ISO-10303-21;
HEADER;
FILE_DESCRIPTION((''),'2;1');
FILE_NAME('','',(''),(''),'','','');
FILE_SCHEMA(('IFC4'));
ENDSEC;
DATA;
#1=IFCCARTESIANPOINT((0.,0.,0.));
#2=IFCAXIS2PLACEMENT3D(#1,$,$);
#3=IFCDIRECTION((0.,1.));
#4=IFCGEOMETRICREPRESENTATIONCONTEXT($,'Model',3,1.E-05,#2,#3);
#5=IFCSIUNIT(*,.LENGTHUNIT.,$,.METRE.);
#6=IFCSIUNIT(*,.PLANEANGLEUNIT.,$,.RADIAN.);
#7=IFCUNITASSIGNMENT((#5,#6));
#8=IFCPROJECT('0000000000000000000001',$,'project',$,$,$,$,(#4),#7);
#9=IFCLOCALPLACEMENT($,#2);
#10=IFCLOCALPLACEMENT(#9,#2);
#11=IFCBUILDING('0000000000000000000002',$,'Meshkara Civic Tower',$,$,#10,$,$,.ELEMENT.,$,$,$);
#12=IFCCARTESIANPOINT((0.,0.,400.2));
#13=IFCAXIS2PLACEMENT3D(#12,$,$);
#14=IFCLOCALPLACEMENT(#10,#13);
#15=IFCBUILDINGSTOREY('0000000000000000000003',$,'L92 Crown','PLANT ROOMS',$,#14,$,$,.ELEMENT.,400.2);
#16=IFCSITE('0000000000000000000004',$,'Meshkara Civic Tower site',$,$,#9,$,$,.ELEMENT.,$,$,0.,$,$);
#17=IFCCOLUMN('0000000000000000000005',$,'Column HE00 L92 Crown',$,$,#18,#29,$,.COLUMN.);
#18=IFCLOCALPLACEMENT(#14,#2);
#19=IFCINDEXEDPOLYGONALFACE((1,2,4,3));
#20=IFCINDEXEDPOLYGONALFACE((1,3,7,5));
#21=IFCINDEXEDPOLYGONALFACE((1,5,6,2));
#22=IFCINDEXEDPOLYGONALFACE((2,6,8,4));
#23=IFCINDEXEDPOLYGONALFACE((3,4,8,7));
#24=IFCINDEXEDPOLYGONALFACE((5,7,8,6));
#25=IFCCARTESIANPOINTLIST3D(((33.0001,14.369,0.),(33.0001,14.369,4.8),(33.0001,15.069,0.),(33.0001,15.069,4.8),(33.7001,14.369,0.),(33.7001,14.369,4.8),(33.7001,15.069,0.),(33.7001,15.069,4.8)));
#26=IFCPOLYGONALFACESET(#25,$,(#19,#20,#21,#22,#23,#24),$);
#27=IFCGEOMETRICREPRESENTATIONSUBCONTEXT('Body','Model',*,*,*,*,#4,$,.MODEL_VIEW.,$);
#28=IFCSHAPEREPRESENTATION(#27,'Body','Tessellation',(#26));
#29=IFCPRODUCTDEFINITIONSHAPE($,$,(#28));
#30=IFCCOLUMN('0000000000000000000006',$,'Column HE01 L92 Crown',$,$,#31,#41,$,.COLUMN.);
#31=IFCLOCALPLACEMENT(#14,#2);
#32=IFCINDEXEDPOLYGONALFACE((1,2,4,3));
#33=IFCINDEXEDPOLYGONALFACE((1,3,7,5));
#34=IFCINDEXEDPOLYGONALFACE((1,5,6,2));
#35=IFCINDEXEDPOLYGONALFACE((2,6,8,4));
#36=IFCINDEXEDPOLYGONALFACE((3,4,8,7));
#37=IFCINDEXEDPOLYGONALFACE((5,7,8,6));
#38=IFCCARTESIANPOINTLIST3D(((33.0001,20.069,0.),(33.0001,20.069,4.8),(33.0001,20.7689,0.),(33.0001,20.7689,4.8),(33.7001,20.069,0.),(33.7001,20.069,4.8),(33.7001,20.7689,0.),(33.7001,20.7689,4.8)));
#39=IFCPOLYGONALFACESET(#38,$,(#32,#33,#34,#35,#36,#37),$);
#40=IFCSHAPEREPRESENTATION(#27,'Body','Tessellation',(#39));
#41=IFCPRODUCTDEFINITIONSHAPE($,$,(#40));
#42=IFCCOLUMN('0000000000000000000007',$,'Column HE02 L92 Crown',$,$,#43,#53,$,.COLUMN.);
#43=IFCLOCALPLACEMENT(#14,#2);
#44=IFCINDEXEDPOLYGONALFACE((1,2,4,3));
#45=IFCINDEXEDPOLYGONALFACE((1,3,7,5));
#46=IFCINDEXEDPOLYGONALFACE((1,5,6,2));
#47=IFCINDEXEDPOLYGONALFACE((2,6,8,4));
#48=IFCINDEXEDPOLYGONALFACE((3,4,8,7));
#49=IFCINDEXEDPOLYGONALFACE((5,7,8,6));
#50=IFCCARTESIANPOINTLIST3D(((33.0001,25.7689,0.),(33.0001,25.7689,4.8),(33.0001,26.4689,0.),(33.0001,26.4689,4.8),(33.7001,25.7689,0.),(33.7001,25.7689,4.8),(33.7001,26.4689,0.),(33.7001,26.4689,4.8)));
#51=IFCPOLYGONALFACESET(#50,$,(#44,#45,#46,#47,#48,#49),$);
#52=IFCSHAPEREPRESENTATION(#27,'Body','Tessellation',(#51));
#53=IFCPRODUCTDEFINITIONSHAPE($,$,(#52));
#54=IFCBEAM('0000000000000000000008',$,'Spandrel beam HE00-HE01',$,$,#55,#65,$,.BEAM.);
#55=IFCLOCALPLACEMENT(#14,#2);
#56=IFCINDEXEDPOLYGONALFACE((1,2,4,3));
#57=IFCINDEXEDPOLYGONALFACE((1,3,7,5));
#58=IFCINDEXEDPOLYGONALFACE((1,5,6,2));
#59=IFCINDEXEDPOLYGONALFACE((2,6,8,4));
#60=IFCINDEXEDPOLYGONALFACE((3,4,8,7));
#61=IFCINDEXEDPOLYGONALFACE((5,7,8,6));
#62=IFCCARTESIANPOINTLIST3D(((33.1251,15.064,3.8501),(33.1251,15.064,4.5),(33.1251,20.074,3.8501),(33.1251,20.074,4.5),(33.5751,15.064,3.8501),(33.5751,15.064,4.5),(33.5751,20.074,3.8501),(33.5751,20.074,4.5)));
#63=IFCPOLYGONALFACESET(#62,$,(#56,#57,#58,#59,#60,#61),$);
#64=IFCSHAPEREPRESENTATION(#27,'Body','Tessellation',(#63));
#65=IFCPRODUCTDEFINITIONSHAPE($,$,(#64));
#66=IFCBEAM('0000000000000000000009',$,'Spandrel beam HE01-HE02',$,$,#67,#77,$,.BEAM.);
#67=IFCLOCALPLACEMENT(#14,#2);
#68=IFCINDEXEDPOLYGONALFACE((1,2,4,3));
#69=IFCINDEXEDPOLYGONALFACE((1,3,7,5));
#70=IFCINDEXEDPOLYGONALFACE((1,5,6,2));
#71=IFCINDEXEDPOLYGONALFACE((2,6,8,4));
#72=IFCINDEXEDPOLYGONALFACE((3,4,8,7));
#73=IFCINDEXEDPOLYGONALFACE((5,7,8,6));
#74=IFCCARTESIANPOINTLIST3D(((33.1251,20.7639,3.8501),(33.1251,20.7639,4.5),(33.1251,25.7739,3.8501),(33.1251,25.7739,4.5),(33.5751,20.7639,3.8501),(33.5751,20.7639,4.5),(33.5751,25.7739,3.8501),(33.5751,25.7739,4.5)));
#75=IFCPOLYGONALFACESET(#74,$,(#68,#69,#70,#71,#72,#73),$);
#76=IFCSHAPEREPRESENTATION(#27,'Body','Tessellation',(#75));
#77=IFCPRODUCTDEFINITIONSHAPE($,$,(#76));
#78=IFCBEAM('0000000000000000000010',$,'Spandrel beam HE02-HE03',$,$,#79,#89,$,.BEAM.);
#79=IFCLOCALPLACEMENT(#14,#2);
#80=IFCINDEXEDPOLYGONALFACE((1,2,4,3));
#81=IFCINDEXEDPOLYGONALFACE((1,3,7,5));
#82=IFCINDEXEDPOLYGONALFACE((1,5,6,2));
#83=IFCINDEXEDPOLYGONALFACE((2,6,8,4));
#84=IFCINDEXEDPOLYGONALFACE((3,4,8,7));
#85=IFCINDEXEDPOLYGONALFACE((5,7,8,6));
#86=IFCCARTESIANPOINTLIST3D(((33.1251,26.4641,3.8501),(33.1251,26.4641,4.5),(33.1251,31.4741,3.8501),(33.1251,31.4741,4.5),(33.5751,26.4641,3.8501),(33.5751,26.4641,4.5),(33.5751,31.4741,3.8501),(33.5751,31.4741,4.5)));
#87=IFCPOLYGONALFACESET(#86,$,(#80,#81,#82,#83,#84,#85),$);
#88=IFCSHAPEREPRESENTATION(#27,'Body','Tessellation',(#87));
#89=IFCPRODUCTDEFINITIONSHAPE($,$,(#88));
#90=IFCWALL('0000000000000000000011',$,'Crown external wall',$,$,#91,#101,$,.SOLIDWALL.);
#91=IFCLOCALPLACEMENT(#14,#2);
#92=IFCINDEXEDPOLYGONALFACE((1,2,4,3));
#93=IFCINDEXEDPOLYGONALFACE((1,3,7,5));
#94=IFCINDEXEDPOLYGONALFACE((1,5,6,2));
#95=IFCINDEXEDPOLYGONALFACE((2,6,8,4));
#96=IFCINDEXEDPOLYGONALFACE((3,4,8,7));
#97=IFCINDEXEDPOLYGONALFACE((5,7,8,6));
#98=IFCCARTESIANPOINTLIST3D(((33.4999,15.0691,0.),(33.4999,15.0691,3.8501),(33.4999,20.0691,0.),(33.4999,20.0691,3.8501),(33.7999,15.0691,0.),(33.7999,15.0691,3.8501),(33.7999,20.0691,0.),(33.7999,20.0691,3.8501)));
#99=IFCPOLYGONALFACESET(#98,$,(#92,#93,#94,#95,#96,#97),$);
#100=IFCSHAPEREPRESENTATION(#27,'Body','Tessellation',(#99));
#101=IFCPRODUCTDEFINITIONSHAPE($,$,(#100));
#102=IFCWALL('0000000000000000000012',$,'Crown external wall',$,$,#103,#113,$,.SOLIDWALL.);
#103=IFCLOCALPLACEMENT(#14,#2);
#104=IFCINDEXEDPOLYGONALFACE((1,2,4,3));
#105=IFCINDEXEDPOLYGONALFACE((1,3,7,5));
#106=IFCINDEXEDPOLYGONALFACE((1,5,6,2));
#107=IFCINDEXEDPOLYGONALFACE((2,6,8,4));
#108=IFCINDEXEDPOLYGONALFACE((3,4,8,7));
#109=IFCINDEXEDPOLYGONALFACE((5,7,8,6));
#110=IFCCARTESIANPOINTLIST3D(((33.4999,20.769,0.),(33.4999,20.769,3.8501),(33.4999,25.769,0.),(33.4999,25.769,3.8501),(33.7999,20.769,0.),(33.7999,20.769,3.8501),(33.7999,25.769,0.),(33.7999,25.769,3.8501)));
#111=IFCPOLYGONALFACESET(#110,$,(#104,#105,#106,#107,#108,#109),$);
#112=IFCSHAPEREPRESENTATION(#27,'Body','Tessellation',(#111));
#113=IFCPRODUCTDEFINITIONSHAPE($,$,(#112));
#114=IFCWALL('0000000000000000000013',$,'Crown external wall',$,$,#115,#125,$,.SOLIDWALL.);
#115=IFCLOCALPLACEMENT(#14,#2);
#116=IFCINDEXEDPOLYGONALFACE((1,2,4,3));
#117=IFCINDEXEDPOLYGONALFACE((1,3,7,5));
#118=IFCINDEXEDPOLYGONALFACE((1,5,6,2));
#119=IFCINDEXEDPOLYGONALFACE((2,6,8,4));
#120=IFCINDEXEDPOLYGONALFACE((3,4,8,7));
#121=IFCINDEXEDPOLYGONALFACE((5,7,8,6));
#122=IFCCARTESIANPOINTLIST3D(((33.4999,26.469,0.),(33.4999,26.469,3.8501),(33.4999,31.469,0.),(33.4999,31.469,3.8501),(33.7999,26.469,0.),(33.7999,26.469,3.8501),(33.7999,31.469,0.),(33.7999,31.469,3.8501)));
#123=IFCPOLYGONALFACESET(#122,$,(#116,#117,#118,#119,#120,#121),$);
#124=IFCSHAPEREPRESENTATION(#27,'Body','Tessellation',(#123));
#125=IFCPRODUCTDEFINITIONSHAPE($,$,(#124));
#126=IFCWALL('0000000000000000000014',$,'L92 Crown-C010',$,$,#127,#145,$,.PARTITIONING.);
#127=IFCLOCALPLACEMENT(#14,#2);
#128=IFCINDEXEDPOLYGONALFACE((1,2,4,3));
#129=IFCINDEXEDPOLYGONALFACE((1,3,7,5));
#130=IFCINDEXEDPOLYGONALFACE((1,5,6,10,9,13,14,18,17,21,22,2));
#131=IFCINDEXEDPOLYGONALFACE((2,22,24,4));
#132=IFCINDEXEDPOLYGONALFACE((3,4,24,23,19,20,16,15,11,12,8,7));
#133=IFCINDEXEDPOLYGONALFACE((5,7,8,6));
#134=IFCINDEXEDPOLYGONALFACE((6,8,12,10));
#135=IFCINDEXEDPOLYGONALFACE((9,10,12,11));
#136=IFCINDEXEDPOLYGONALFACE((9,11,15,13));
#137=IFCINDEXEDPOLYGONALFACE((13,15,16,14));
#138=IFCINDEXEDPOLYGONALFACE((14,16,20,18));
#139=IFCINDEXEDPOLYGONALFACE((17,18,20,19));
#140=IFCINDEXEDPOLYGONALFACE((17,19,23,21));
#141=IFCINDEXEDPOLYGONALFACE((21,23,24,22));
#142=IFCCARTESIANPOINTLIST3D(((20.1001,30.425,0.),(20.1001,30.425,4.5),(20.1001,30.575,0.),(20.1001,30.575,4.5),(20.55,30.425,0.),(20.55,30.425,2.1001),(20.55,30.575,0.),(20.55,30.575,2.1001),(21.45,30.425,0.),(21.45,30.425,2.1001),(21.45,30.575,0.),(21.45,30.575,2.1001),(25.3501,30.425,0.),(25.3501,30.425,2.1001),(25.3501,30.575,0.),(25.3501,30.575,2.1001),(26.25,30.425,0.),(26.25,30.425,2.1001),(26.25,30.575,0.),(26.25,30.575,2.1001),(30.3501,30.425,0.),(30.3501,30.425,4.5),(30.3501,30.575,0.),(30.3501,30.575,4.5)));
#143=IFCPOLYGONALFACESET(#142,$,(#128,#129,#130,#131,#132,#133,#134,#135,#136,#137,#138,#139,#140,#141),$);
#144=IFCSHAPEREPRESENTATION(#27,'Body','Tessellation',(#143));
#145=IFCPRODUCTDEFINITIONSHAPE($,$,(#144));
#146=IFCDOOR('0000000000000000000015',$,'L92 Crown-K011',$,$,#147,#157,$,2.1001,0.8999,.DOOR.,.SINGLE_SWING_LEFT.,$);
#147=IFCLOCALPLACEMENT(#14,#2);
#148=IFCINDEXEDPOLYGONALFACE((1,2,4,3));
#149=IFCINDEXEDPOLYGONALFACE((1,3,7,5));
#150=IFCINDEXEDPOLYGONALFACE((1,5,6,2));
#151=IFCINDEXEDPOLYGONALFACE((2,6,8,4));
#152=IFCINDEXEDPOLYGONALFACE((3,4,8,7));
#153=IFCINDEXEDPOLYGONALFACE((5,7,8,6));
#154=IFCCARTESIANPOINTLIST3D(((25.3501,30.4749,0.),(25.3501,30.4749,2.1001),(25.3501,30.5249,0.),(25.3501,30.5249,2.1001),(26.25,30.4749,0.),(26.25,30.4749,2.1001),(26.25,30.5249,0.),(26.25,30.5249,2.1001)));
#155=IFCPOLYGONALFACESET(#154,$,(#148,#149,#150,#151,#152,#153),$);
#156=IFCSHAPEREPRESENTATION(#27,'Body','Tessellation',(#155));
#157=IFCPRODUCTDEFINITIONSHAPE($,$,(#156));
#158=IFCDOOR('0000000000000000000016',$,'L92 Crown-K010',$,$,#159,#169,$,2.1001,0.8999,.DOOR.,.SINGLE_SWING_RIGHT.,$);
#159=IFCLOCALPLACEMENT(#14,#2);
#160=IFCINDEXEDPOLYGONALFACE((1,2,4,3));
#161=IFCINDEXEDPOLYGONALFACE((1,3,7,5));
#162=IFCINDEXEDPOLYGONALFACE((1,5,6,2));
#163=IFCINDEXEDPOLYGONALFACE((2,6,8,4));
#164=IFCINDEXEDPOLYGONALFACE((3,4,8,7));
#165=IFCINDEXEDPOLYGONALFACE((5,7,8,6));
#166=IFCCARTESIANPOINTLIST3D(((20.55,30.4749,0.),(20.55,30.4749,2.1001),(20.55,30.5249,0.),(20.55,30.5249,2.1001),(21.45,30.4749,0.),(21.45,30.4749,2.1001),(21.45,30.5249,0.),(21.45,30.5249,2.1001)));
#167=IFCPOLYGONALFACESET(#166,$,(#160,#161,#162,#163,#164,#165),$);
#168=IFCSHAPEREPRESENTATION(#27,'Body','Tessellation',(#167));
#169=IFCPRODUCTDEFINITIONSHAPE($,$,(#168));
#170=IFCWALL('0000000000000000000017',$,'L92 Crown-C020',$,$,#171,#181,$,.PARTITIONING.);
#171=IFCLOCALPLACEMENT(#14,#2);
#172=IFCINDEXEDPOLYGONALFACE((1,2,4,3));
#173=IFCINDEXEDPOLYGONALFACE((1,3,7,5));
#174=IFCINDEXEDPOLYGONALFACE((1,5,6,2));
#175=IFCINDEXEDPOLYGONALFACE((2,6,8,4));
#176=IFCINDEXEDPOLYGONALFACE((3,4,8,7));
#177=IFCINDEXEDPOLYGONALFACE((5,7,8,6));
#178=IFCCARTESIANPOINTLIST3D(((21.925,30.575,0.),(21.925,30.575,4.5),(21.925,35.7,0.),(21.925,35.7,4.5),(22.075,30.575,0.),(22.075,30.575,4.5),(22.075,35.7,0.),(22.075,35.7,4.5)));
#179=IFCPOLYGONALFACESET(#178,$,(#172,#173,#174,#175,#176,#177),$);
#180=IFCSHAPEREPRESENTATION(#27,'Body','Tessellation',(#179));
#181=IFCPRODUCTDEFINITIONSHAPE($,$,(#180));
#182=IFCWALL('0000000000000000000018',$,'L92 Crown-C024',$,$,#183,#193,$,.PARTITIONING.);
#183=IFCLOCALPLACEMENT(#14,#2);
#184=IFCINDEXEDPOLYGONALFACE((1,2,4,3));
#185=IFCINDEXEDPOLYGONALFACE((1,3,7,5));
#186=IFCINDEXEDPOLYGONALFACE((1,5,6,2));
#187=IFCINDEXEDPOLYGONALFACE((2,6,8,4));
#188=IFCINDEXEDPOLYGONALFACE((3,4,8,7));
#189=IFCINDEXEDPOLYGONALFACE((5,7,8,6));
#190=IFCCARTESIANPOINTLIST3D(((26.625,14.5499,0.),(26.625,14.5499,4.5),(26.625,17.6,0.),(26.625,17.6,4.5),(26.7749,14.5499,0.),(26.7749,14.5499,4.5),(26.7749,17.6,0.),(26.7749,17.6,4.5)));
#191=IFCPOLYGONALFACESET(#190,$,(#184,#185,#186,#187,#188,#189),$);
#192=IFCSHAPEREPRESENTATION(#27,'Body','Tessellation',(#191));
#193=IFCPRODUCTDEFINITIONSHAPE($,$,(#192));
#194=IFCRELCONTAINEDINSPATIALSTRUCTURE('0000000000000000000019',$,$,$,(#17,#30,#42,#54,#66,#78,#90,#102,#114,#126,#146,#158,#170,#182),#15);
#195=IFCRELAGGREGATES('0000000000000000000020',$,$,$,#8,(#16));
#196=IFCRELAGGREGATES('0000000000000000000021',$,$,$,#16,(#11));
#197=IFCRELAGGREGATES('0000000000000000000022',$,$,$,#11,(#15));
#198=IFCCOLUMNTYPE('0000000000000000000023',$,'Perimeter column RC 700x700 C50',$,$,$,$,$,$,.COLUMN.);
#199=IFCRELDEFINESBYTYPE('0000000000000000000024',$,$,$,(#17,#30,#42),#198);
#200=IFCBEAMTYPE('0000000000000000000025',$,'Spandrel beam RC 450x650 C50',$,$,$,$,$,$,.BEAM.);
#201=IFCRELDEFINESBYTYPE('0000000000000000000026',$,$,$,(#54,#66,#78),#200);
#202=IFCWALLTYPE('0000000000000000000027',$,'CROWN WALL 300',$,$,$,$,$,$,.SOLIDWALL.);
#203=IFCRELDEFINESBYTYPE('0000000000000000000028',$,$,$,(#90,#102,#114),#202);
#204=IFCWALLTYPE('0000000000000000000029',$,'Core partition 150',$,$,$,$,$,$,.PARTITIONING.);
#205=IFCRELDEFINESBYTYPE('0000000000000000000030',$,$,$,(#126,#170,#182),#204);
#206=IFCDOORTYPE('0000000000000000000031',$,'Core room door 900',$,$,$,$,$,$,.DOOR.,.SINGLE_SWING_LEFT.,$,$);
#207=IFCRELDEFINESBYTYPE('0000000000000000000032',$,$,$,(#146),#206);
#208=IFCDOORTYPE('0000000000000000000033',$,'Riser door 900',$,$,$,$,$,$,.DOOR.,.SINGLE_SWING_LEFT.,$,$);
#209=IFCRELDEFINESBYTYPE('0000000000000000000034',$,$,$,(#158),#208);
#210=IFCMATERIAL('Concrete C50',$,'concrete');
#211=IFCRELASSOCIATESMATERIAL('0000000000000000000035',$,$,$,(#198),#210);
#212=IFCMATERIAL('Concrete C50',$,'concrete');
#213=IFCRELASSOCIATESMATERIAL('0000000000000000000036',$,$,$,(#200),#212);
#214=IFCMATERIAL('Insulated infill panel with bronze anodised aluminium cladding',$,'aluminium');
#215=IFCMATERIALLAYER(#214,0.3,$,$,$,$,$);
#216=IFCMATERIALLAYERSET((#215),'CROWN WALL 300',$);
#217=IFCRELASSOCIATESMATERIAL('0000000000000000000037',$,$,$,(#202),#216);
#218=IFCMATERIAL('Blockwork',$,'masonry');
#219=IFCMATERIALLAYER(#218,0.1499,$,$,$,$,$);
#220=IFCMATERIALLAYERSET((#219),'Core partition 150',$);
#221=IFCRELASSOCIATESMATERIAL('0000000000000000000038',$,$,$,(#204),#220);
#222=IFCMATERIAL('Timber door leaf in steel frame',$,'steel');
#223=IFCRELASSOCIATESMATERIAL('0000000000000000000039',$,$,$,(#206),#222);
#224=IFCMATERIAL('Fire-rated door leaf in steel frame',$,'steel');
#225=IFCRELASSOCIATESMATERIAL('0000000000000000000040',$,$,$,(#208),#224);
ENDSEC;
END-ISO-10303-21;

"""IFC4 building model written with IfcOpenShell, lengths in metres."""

from ifc_helpers import new_model, si_unit, direction, frame, frame_2d, origin, origin_2d, place, context, subcontext, project, spatial, rectangle, extrude, material, layer, layer_set, material_profile, profile_set, type_object, element, fill, save


model = new_model("IFC4")

# Units and contexts
model_context = context("Model", 3, precision=1e-05, world=origin(), true_north=direction((0.0, 1.0)))
body_context = subcontext(model_context, "Body", "Model", "MODEL_VIEW")
ifc_project = project(units=[si_unit("LENGTHUNIT", "METRE"), si_unit("PLANEANGLEUNIT", "RADIAN")], contexts=[model_context])

# Site, building, storey
site_placement = place(None, origin())
site = spatial("IfcSite", under=ifc_project, at=site_placement, Name="Meshkara Civic Tower site", CompositionType="ELEMENT", RefElevation=0.0)
building_placement = place(site_placement, origin())
building = spatial("IfcBuilding", under=site, at=building_placement, Name="Meshkara Civic Tower", CompositionType="ELEMENT")
storey_placement = place(building_placement, frame((0.0, 0.0, 400.2)))
storey = spatial("IfcBuildingStorey", under=building, at=storey_placement, Name="L92 Crown", Description="PLANT ROOMS", CompositionType="ELEMENT", Elevation=400.2)

# Columns
ifc_material_1 = material(Name="Concrete C50", Category="concrete")
ifc_material_profile_1 = material_profile(ifc_material_1, rectangle(XDim=0.7, YDim=0.7, at=origin_2d()))
ifc_profile_set_1 = profile_set([ifc_material_profile_1], Name="Concrete C50")
column_type = type_object("IfcColumnType", Name="Perimeter column RC 700x700 C50", PredefinedType="COLUMN", material=ifc_profile_set_1)
for number, where, z_axis, x_axis, name in (
    (1, (33.3501, 14.719, 0.0), (0.0, 0.0, 1.0), (1.0, 0.0, 0.0), "Column HE00 L92 Crown"),
    (2, (33.3501, 20.4189, 0.0), (0.0, 0.0, 1.0), (1.0, 0.0, 0.0), "Column HE01 L92 Crown"),
    (3, (33.3501, 26.1189, 0.0), (0.0, 0.0, 1.0), (1.0, 0.0, 0.0), "Column HE02 L92 Crown"),
):
    element("IfcColumn", number, at=place(storey_placement, frame(where, z_axis=z_axis, x_axis=x_axis)), inside=storey, type_object=column_type, Name=name, PredefinedType="COLUMN", context=body_context, shape_type="SweptSolid", body=[
        extrude(rectangle(XDim=0.7, YDim=0.7, at=origin_2d()), origin(), (0.0, 0.0, 1.0), 4.8),
    ])

# Beams
ifc_material_2 = material(Name="Concrete C50", Category="concrete")
ifc_material_profile_2 = material_profile(ifc_material_2, rectangle(XDim=0.45, YDim=0.6499, at=origin_2d()))
ifc_profile_set_2 = profile_set([ifc_material_profile_2], Name="Concrete C50")
beam_type = type_object("IfcBeamType", Name="Spandrel beam RC 450x650 C50", PredefinedType="BEAM", material=ifc_profile_set_2)
for number, where, z_axis, x_axis, name in (
    (4, (33.3501, 15.064, 4.175), (0.0, 1.0, 0.0), (-1.0, 0.0, 0.0), "Spandrel beam HE00-HE01"),
    (5, (33.3501, 20.7639, 4.175), (0.0, 1.0, 0.0), (-1.0, 0.0, 0.0), "Spandrel beam HE01-HE02"),
    (6, (33.3501, 26.4641, 4.175), (0.0, 1.0, 0.0), (-1.0, 0.0, 0.0), "Spandrel beam HE02-HE03"),
):
    element("IfcBeam", number, at=place(storey_placement, frame(where, z_axis=z_axis, x_axis=x_axis)), inside=storey, type_object=beam_type, Name=name, PredefinedType="BEAM", context=body_context, shape_type="SweptSolid", body=[
        extrude(rectangle(XDim=0.45, YDim=0.6499, at=origin_2d()), origin(), (0.0, 0.0, 1.0), 5.01),
    ])

# Walls
ifc_material_3 = material(Name="Insulated infill panel with bronze anodised aluminium cladding", Category="aluminium")
ifc_layer_1 = layer(ifc_material_3, 0.3)
ifc_layer_set_1 = layer_set([ifc_layer_1], Name="CROWN WALL 300")
wall_type_1 = type_object("IfcWallType", Name="CROWN WALL 300", PredefinedType="SOLIDWALL", material=ifc_layer_set_1)
for number, where, z_axis, x_axis, name in (
    (7, (33.6499, 15.0691, 0.0), (0.0, 0.0, 1.0), (0.0, 1.0, 0.0), "Crown external wall"),
    (8, (33.6499, 20.769, 0.0), (0.0, 0.0, 1.0), (0.0, 1.0, 0.0), "Crown external wall"),
    (9, (33.6499, 26.469, 0.0), (0.0, 0.0, 1.0), (0.0, 1.0, 0.0), "Crown external wall"),
):
    element("IfcWall", number, at=place(storey_placement, frame(where, z_axis=z_axis, x_axis=x_axis)), inside=storey, type_object=wall_type_1, Name=name, PredefinedType="SOLIDWALL", context=body_context, shape_type="SweptSolid", body=[
        extrude(rectangle(XDim=5.0, YDim=0.3, at=frame_2d((2.5, 0.0))), origin(), (0.0, 0.0, 1.0), 3.8501),
    ])

# Wall, openings, doors
ifc_material_4 = material(Name="Blockwork", Category="masonry")
ifc_layer_2 = layer(ifc_material_4, 0.1499)
ifc_layer_set_2 = layer_set([ifc_layer_2], Name="Core partition 150")
wall_type_2 = type_object("IfcWallType", Name="Core partition 150", PredefinedType="PARTITIONING", material=ifc_layer_set_2)
wall_1_placement = place(storey_placement, frame((20.1001, 30.5, 0.0), z_axis=(0.0, 0.0, 1.0), x_axis=(1.0, 0.0, 0.0)))
wall_1 = element("IfcWall", 10, at=wall_1_placement, inside=storey, type_object=wall_type_2, Name="L92 Crown-C010", PredefinedType="PARTITIONING", context=body_context, shape_type="SweptSolid", body=[
    extrude(rectangle(XDim=10.25, YDim=0.1499, at=frame_2d((5.125, 0.0))), origin(), (0.0, 0.0, 1.0), 4.5),
])
opening_1_placement = place(wall_1_placement, frame((0.45, 0.0, 0.0)))
opening_1 = element("IfcOpeningElement", 11, at=opening_1_placement, cuts=wall_1, PredefinedType="OPENING", context=body_context, shape_type="SweptSolid", body=[
    extrude(rectangle(XDim=0.8999, YDim=2.1001, at=frame_2d((0.45, 1.05))), frame((0.0, 0.085, 0.0), z_axis=(0.0, -1.0, 0.0), x_axis=(1.0, 0.0, 0.0)), (0.0, 0.0, 1.0), 0.1699),
])
opening_2_placement = place(wall_1_placement, frame((5.25, 0.0, 0.0)))
opening_2 = element("IfcOpeningElement", 12, at=opening_2_placement, cuts=wall_1, PredefinedType="OPENING", context=body_context, shape_type="SweptSolid", body=[
    extrude(rectangle(XDim=0.8999, YDim=2.1001, at=frame_2d((0.45, 1.05))), frame((0.0, 0.085, 0.0), z_axis=(0.0, -1.0, 0.0), x_axis=(1.0, 0.0, 0.0)), (0.0, 0.0, 1.0), 0.1699),
])
ifc_material_5 = material(Name="Timber door leaf in steel frame", Category="steel")
door_type_1 = type_object("IfcDoorType", Name="Core room door 900", OperationType="SINGLE_SWING_LEFT", PredefinedType="DOOR", material=ifc_material_5)
door_1_placement = place(opening_2_placement, origin())
door_1 = element("IfcDoor", 13, at=door_1_placement, inside=storey, type_object=door_type_1, Name="L92 Crown-K011", OperationType="SINGLE_SWING_LEFT", OverallHeight=2.1001, OverallWidth=0.8999, PredefinedType="DOOR", context=body_context, shape_type="SweptSolid", body=[
    extrude(rectangle(XDim=0.8999, YDim=2.1001, at=frame_2d((0.45, 1.05))), frame((0.0, 0.0249, 0.0), z_axis=(0.0, -1.0, 0.0), x_axis=(1.0, 0.0, 0.0)), (0.0, 0.0, 1.0), 0.05),
])
fill(opening_2, door_1)
ifc_material_6 = material(Name="Fire-rated door leaf in steel frame", Category="steel")
door_type_2 = type_object("IfcDoorType", Name="Riser door 900", OperationType="SINGLE_SWING_LEFT", PredefinedType="DOOR", material=ifc_material_6)
door_2_placement = place(opening_1_placement, origin())
door_2 = element("IfcDoor", 14, at=door_2_placement, inside=storey, type_object=door_type_2, Name="L92 Crown-K010", OperationType="SINGLE_SWING_RIGHT", OverallHeight=2.1001, OverallWidth=0.8999, PredefinedType="DOOR", context=body_context, shape_type="SweptSolid", body=[
    extrude(rectangle(XDim=0.8999, YDim=2.1001, at=frame_2d((0.45, 1.05))), frame((0.0, 0.0249, 0.0), z_axis=(0.0, -1.0, 0.0), x_axis=(1.0, 0.0, 0.0)), (0.0, 0.0, 1.0), 0.05),
])
fill(opening_1, door_2)

# Walls
wall_2_placement = place(storey_placement, frame((22.0, 30.575, 0.0), z_axis=(0.0, 0.0, 1.0), x_axis=(0.0, 1.0, 0.0)))
element("IfcWall", 15, at=wall_2_placement, inside=storey, type_object=wall_type_2, Name="L92 Crown-C020", PredefinedType="PARTITIONING", context=body_context, shape_type="SweptSolid", body=[
    extrude(rectangle(XDim=5.125, YDim=0.1499, at=frame_2d((2.5625, 0.0))), origin(), (0.0, 0.0, 1.0), 4.5),
])
wall_3_placement = place(storey_placement, frame((26.7, 14.55, 0.0), z_axis=(0.0, 0.0, 1.0), x_axis=(0.0, 1.0, 0.0)))
element("IfcWall", 16, at=wall_3_placement, inside=storey, type_object=wall_type_2, Name="L92 Crown-C024", PredefinedType="PARTITIONING", context=body_context, shape_type="SweptSolid", body=[
    extrude(rectangle(XDim=3.05, YDim=0.1499, at=frame_2d((1.5249, 0.0))), origin(), (0.0, 0.0, 1.0), 4.5),
])

save(model, "model.ifc")
